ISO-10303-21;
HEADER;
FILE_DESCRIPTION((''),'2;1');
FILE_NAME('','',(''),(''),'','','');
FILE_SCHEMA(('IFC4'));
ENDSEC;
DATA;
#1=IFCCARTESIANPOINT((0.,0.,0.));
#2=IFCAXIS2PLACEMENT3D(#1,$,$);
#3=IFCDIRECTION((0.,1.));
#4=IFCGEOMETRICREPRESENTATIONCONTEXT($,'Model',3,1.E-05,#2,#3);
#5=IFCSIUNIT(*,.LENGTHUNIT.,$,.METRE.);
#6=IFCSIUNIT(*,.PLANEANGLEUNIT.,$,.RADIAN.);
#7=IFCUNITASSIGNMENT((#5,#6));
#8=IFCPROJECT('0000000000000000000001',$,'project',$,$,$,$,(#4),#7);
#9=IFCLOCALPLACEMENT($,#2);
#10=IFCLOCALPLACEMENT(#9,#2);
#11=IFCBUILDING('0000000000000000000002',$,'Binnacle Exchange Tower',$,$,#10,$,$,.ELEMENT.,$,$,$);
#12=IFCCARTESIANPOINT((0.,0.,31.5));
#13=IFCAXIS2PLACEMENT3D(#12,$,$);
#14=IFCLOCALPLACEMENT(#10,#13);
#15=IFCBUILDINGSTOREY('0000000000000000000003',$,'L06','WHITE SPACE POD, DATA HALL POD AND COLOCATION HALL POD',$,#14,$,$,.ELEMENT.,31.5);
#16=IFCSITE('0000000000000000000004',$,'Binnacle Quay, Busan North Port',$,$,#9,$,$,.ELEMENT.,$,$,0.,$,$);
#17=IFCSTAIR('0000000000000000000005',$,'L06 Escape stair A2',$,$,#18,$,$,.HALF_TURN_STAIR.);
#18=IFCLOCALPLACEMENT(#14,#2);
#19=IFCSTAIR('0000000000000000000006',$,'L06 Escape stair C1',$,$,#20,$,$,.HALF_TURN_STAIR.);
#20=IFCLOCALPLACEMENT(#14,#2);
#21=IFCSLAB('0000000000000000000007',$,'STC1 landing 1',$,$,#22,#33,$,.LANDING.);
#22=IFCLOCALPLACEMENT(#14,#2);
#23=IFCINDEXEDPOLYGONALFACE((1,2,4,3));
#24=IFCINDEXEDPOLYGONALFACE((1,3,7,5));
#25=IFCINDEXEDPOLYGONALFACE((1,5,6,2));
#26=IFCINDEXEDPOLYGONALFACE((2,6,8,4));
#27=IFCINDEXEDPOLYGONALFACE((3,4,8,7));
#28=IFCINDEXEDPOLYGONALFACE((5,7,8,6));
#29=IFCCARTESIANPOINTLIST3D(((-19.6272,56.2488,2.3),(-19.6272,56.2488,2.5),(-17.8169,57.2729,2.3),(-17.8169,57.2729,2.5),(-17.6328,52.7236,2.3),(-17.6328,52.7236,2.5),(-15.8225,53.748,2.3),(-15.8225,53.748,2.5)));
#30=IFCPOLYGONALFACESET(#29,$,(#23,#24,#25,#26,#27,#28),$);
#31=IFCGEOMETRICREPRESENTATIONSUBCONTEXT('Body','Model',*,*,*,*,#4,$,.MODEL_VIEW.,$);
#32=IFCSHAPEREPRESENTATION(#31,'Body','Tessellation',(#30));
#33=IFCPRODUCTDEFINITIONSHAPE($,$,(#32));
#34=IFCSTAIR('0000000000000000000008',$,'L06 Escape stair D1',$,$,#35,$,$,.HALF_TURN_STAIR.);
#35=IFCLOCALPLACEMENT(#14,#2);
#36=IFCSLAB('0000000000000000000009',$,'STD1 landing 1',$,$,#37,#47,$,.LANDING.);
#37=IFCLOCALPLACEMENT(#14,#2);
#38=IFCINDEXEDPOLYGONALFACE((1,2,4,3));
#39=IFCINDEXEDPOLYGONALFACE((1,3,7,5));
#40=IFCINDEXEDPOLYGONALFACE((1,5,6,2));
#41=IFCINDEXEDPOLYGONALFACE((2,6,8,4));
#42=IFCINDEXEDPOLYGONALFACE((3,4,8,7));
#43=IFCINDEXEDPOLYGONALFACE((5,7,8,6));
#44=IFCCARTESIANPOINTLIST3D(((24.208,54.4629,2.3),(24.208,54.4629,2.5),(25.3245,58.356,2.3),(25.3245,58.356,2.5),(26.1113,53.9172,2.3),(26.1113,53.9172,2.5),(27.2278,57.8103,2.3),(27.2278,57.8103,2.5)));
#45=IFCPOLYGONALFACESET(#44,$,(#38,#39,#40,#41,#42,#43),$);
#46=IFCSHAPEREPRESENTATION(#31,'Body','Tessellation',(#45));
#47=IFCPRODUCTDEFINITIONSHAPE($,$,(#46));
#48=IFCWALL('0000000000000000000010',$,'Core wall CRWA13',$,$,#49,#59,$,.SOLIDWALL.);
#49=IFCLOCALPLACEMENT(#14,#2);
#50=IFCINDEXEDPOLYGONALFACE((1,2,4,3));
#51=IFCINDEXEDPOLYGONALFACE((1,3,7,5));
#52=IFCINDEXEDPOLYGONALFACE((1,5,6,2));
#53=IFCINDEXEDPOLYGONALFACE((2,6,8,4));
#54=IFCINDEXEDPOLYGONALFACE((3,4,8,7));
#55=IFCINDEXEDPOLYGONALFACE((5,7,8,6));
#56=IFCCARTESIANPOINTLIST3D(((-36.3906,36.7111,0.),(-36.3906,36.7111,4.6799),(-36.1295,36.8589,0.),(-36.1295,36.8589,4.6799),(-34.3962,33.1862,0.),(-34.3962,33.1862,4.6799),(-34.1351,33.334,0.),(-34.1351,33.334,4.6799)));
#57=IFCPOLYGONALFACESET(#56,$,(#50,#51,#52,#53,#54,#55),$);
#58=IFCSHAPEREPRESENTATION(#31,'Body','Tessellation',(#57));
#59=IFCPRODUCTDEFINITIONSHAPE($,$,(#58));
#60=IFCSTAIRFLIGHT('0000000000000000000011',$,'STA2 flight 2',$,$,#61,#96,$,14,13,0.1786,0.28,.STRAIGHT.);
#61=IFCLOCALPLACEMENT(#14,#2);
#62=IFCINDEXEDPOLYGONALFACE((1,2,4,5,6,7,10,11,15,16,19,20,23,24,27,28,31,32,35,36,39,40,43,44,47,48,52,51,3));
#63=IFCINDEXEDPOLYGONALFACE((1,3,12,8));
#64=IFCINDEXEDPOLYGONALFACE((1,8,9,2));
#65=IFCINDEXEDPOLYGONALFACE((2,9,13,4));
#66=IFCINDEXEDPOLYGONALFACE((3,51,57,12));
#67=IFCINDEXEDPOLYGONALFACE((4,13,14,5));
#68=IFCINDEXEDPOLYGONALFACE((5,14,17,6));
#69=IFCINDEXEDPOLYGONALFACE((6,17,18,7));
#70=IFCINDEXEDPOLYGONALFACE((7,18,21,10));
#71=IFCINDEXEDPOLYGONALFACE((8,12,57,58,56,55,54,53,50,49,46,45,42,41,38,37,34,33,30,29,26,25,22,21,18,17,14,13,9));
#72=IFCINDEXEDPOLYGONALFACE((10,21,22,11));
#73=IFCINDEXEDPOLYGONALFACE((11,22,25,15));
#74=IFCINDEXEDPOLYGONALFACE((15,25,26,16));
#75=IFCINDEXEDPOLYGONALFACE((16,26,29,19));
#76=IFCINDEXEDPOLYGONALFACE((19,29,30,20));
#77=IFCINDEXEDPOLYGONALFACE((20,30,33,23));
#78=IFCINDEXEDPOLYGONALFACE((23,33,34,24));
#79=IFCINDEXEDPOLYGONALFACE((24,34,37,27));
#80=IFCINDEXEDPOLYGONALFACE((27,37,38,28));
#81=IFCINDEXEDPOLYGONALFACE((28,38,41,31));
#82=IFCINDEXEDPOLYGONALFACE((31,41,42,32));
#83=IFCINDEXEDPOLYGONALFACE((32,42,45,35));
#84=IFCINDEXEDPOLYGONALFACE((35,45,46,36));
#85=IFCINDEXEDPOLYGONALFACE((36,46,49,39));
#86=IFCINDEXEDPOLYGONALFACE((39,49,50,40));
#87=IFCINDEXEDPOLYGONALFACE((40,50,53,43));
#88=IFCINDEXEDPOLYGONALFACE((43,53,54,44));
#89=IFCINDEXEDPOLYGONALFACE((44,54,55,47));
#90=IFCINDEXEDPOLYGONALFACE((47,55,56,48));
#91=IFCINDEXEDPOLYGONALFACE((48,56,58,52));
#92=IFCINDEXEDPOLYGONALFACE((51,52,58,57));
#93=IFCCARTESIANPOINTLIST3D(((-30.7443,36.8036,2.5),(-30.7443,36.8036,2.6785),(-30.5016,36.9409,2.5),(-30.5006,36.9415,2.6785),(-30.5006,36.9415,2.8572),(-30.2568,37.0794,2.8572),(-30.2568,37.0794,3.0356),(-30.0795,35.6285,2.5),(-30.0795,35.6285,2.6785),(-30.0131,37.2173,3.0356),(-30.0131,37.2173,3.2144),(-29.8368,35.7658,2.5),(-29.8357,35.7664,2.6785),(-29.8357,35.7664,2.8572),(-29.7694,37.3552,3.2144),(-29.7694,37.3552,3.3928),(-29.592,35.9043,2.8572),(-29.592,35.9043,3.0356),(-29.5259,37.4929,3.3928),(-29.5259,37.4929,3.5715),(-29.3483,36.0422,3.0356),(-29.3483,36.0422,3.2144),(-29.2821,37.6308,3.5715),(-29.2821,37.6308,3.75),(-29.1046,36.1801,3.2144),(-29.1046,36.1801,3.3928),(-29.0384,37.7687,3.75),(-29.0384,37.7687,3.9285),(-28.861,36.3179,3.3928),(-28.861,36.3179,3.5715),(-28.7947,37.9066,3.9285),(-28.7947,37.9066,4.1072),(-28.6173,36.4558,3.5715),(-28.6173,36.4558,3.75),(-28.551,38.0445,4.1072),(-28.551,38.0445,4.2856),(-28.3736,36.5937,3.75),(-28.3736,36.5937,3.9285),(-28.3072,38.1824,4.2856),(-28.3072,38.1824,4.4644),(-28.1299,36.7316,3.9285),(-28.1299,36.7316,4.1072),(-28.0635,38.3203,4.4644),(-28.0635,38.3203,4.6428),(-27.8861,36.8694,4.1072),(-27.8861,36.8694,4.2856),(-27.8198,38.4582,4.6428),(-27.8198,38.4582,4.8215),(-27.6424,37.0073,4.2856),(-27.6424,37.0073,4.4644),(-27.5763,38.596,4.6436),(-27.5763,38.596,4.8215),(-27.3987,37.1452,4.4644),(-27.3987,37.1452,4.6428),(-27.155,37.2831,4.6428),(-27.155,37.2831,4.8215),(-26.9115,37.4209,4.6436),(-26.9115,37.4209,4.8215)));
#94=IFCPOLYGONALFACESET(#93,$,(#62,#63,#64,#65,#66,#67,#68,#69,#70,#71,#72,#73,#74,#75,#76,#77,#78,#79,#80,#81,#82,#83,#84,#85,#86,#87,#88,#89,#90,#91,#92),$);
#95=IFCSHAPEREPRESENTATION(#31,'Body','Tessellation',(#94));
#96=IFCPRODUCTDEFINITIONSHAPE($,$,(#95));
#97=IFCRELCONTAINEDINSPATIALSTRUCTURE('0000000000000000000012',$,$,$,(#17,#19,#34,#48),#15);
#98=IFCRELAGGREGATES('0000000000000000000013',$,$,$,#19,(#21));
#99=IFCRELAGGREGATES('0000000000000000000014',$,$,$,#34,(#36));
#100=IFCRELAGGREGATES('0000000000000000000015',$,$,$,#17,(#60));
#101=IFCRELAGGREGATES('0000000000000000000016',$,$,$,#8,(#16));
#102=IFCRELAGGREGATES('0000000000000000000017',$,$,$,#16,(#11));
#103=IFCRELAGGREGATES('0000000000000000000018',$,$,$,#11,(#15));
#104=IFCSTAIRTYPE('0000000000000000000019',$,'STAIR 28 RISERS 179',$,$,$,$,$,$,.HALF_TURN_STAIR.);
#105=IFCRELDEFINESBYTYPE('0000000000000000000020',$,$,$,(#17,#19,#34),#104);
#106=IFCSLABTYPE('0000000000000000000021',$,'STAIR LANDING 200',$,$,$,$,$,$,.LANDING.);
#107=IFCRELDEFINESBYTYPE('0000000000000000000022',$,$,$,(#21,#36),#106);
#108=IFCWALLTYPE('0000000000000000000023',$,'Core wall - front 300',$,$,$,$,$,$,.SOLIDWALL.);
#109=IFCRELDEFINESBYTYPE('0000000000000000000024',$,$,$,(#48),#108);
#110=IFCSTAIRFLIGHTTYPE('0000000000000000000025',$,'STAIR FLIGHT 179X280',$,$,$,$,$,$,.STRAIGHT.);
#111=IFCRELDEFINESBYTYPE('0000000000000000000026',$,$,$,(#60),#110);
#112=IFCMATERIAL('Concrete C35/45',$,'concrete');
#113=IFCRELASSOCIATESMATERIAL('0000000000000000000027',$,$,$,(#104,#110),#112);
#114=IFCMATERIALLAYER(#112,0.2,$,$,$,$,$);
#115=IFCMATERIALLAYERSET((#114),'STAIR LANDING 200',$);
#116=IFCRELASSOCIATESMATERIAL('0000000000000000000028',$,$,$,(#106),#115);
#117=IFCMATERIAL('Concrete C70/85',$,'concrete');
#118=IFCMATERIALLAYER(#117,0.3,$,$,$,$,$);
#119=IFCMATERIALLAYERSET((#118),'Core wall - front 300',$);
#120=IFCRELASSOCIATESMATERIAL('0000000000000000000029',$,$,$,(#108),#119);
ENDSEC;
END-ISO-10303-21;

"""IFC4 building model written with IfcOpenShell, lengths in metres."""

from ifc_helpers import new_model, si_unit, direction, frame, frame_2d, origin, place, context, subcontext, project, spatial, polyline, rectangle, outline, extrude, material, layer, layer_set, type_object, element, aggregate, save


model = new_model("IFC4")

# Units and contexts
model_context = context("Model", 3, precision=1e-05, world=origin(), true_north=direction((0.0, 1.0)))
body_context = subcontext(model_context, "Body", "Model", "MODEL_VIEW")
ifc_project = project(units=[si_unit("LENGTHUNIT", "METRE"), si_unit("PLANEANGLEUNIT", "RADIAN")], contexts=[model_context])

# Site, building, storey
site_placement = place(None, origin())
site = spatial("IfcSite", under=ifc_project, at=site_placement, Name="Binnacle Quay, Busan North Port", CompositionType="ELEMENT", RefElevation=0.0)
building_placement = place(site_placement, origin())
building = spatial("IfcBuilding", under=site, at=building_placement, Name="Binnacle Exchange Tower", CompositionType="ELEMENT")
storey_placement = place(building_placement, frame((0.0, 0.0, 31.5)))
storey = spatial("IfcBuildingStorey", under=building, at=storey_placement, Name="L06", Description="WHITE SPACE POD, DATA HALL POD AND COLOCATION HALL POD", CompositionType="ELEMENT", Elevation=31.5)

# Shared definitions
ifc_material_1 = material(Name="Concrete C70/85", Category="concrete")

# Shared definitions
ifc_material_2 = material(Name="Concrete C35/45", Category="concrete")

# Stairs, slabs
stair_type = type_object("IfcStairType", Name="STAIR 28 RISERS 179", PredefinedType="HALF_TURN_STAIR", material=ifc_material_2)
ifc_layer_1 = layer(ifc_material_2, 0.2)
ifc_layer_set_1 = layer_set([ifc_layer_1], Name="STAIR LANDING 200")
slab_type_1 = type_object("IfcSlabType", Name="STAIR LANDING 200", PredefinedType="LANDING", material=ifc_layer_set_1)
stair_1_placement = place(storey_placement, origin())
stair_1 = element("IfcStair", 1, at=stair_1_placement, inside=storey, type_object=stair_type, Name="L06 Escape stair A2", PredefinedType="HALF_TURN_STAIR")
stair_2_placement = place(storey_placement, origin())
stair_2 = element("IfcStair", 2, at=stair_2_placement, inside=storey, type_object=stair_type, Name="L06 Escape stair C1", PredefinedType="HALF_TURN_STAIR")
slab_1_placement = place(storey_placement, frame((0.0, 0.0, 2.3)))
slab_1 = element("IfcSlab", 3, at=slab_1_placement, type_object=slab_type_1, Name="STC1 landing 1", PredefinedType="LANDING", context=body_context, shape_type="SweptSolid", body=[
    extrude(outline(polyline([(-17.6328, 52.7236), (-15.8225, 53.748), (-17.8169, 57.2729), (-19.6272, 56.2488), (-17.6328, 52.7236)])), origin(), (0.0, 0.0, 1.0), 0.2),
])
aggregate(stair_2, [slab_1])
stair_3_placement = place(storey_placement, origin())
stair_3 = element("IfcStair", 4, at=stair_3_placement, inside=storey, type_object=stair_type, Name="L06 Escape stair D1", PredefinedType="HALF_TURN_STAIR")
slab_2_placement = place(storey_placement, frame((0.0, 0.0, 2.3)))
slab_2 = element("IfcSlab", 5, at=slab_2_placement, type_object=slab_type_1, Name="STD1 landing 1", PredefinedType="LANDING", context=body_context, shape_type="SweptSolid", body=[
    extrude(outline(polyline([(24.208, 54.4629), (26.1113, 53.9172), (27.2278, 57.8103), (25.3245, 58.356), (24.208, 54.4629)])), origin(), (0.0, 0.0, 1.0), 0.2),
])
aggregate(stair_3, [slab_2])

# Wall
ifc_layer_2 = layer(ifc_material_1, 0.3)
ifc_layer_set_2 = layer_set([ifc_layer_2], Name="Core wall - front 300")
wall_type = type_object("IfcWallType", Name="Core wall - front 300", PredefinedType="SOLIDWALL", material=ifc_layer_set_2)
wall_placement = place(storey_placement, frame((-36.26, 36.7849, 0.0), z_axis=(0.0, 0.0, 1.0), x_axis=(0.492441, -0.870346, 0.0)))
element("IfcWall", 6, at=wall_placement, inside=storey, type_object=wall_type, Name="Core wall CRWA13", PredefinedType="SOLIDWALL", context=body_context, shape_type="SweptSolid", body=[
    extrude(rectangle(XDim=4.05, YDim=0.3, at=frame_2d((2.0249, 0.0))), origin(), (0.0, 0.0, 1.0), 4.6799),
])

# Stair flight
stair_flight_type = type_object("IfcStairFlightType", Name="STAIR FLIGHT 179X280", PredefinedType="STRAIGHT", material=ifc_material_2)
stair_flight_placement = place(storey_placement, frame((-30.4119, 36.2161, 2.5), z_axis=(0.0, 0.0, 1.0), x_axis=(0.870356, 0.492424, 0.0)))
stair_flight = element("IfcStairFlight", 7, at=stair_flight_placement, type_object=stair_flight_type, Name="STA2 flight 2", NumberOfRisers=14, NumberOfTreads=13, PredefinedType="STRAIGHT", RiserHeight=0.1786, TreadLength=0.28, context=body_context, shape_type="SweptSolid", body=[
    extrude(outline(polyline([(0.0, 0.0), (0.0, 0.1785), (0.28, 0.1785), (0.28, 0.3572), (0.5601, 0.3572), (0.5601, 0.5356), (0.8401, 0.5356), (0.8401, 0.7144), (1.1201, 0.7144), (1.1201, 0.8928), (1.3999, 0.8928), (1.3999, 1.0715), (1.6799, 1.0715), (1.6799, 1.25), (1.96, 1.25), (1.96, 1.4285), (2.24, 1.4285), (2.24, 1.6072), (2.52, 1.6072), (2.52, 1.7856), (2.8, 1.7856), (2.8, 1.9644), (3.0801, 1.9644), (3.0801, 2.1428), (3.3601, 2.1428), (3.3601, 2.3215), (3.6399, 2.3215), (3.6399, 2.5), (3.6399, 2.1436), (0.2788, 0.0), (0.0, 0.0)])), frame((0.0, 0.675, 0.0), z_axis=(0.0, -1.0, 0.0), x_axis=(1.0, 0.0, 0.0)), (0.0, 0.0, 1.0), 1.3501),
])
aggregate(stair_1, [stair_flight])

save(model, "model.ifc")
